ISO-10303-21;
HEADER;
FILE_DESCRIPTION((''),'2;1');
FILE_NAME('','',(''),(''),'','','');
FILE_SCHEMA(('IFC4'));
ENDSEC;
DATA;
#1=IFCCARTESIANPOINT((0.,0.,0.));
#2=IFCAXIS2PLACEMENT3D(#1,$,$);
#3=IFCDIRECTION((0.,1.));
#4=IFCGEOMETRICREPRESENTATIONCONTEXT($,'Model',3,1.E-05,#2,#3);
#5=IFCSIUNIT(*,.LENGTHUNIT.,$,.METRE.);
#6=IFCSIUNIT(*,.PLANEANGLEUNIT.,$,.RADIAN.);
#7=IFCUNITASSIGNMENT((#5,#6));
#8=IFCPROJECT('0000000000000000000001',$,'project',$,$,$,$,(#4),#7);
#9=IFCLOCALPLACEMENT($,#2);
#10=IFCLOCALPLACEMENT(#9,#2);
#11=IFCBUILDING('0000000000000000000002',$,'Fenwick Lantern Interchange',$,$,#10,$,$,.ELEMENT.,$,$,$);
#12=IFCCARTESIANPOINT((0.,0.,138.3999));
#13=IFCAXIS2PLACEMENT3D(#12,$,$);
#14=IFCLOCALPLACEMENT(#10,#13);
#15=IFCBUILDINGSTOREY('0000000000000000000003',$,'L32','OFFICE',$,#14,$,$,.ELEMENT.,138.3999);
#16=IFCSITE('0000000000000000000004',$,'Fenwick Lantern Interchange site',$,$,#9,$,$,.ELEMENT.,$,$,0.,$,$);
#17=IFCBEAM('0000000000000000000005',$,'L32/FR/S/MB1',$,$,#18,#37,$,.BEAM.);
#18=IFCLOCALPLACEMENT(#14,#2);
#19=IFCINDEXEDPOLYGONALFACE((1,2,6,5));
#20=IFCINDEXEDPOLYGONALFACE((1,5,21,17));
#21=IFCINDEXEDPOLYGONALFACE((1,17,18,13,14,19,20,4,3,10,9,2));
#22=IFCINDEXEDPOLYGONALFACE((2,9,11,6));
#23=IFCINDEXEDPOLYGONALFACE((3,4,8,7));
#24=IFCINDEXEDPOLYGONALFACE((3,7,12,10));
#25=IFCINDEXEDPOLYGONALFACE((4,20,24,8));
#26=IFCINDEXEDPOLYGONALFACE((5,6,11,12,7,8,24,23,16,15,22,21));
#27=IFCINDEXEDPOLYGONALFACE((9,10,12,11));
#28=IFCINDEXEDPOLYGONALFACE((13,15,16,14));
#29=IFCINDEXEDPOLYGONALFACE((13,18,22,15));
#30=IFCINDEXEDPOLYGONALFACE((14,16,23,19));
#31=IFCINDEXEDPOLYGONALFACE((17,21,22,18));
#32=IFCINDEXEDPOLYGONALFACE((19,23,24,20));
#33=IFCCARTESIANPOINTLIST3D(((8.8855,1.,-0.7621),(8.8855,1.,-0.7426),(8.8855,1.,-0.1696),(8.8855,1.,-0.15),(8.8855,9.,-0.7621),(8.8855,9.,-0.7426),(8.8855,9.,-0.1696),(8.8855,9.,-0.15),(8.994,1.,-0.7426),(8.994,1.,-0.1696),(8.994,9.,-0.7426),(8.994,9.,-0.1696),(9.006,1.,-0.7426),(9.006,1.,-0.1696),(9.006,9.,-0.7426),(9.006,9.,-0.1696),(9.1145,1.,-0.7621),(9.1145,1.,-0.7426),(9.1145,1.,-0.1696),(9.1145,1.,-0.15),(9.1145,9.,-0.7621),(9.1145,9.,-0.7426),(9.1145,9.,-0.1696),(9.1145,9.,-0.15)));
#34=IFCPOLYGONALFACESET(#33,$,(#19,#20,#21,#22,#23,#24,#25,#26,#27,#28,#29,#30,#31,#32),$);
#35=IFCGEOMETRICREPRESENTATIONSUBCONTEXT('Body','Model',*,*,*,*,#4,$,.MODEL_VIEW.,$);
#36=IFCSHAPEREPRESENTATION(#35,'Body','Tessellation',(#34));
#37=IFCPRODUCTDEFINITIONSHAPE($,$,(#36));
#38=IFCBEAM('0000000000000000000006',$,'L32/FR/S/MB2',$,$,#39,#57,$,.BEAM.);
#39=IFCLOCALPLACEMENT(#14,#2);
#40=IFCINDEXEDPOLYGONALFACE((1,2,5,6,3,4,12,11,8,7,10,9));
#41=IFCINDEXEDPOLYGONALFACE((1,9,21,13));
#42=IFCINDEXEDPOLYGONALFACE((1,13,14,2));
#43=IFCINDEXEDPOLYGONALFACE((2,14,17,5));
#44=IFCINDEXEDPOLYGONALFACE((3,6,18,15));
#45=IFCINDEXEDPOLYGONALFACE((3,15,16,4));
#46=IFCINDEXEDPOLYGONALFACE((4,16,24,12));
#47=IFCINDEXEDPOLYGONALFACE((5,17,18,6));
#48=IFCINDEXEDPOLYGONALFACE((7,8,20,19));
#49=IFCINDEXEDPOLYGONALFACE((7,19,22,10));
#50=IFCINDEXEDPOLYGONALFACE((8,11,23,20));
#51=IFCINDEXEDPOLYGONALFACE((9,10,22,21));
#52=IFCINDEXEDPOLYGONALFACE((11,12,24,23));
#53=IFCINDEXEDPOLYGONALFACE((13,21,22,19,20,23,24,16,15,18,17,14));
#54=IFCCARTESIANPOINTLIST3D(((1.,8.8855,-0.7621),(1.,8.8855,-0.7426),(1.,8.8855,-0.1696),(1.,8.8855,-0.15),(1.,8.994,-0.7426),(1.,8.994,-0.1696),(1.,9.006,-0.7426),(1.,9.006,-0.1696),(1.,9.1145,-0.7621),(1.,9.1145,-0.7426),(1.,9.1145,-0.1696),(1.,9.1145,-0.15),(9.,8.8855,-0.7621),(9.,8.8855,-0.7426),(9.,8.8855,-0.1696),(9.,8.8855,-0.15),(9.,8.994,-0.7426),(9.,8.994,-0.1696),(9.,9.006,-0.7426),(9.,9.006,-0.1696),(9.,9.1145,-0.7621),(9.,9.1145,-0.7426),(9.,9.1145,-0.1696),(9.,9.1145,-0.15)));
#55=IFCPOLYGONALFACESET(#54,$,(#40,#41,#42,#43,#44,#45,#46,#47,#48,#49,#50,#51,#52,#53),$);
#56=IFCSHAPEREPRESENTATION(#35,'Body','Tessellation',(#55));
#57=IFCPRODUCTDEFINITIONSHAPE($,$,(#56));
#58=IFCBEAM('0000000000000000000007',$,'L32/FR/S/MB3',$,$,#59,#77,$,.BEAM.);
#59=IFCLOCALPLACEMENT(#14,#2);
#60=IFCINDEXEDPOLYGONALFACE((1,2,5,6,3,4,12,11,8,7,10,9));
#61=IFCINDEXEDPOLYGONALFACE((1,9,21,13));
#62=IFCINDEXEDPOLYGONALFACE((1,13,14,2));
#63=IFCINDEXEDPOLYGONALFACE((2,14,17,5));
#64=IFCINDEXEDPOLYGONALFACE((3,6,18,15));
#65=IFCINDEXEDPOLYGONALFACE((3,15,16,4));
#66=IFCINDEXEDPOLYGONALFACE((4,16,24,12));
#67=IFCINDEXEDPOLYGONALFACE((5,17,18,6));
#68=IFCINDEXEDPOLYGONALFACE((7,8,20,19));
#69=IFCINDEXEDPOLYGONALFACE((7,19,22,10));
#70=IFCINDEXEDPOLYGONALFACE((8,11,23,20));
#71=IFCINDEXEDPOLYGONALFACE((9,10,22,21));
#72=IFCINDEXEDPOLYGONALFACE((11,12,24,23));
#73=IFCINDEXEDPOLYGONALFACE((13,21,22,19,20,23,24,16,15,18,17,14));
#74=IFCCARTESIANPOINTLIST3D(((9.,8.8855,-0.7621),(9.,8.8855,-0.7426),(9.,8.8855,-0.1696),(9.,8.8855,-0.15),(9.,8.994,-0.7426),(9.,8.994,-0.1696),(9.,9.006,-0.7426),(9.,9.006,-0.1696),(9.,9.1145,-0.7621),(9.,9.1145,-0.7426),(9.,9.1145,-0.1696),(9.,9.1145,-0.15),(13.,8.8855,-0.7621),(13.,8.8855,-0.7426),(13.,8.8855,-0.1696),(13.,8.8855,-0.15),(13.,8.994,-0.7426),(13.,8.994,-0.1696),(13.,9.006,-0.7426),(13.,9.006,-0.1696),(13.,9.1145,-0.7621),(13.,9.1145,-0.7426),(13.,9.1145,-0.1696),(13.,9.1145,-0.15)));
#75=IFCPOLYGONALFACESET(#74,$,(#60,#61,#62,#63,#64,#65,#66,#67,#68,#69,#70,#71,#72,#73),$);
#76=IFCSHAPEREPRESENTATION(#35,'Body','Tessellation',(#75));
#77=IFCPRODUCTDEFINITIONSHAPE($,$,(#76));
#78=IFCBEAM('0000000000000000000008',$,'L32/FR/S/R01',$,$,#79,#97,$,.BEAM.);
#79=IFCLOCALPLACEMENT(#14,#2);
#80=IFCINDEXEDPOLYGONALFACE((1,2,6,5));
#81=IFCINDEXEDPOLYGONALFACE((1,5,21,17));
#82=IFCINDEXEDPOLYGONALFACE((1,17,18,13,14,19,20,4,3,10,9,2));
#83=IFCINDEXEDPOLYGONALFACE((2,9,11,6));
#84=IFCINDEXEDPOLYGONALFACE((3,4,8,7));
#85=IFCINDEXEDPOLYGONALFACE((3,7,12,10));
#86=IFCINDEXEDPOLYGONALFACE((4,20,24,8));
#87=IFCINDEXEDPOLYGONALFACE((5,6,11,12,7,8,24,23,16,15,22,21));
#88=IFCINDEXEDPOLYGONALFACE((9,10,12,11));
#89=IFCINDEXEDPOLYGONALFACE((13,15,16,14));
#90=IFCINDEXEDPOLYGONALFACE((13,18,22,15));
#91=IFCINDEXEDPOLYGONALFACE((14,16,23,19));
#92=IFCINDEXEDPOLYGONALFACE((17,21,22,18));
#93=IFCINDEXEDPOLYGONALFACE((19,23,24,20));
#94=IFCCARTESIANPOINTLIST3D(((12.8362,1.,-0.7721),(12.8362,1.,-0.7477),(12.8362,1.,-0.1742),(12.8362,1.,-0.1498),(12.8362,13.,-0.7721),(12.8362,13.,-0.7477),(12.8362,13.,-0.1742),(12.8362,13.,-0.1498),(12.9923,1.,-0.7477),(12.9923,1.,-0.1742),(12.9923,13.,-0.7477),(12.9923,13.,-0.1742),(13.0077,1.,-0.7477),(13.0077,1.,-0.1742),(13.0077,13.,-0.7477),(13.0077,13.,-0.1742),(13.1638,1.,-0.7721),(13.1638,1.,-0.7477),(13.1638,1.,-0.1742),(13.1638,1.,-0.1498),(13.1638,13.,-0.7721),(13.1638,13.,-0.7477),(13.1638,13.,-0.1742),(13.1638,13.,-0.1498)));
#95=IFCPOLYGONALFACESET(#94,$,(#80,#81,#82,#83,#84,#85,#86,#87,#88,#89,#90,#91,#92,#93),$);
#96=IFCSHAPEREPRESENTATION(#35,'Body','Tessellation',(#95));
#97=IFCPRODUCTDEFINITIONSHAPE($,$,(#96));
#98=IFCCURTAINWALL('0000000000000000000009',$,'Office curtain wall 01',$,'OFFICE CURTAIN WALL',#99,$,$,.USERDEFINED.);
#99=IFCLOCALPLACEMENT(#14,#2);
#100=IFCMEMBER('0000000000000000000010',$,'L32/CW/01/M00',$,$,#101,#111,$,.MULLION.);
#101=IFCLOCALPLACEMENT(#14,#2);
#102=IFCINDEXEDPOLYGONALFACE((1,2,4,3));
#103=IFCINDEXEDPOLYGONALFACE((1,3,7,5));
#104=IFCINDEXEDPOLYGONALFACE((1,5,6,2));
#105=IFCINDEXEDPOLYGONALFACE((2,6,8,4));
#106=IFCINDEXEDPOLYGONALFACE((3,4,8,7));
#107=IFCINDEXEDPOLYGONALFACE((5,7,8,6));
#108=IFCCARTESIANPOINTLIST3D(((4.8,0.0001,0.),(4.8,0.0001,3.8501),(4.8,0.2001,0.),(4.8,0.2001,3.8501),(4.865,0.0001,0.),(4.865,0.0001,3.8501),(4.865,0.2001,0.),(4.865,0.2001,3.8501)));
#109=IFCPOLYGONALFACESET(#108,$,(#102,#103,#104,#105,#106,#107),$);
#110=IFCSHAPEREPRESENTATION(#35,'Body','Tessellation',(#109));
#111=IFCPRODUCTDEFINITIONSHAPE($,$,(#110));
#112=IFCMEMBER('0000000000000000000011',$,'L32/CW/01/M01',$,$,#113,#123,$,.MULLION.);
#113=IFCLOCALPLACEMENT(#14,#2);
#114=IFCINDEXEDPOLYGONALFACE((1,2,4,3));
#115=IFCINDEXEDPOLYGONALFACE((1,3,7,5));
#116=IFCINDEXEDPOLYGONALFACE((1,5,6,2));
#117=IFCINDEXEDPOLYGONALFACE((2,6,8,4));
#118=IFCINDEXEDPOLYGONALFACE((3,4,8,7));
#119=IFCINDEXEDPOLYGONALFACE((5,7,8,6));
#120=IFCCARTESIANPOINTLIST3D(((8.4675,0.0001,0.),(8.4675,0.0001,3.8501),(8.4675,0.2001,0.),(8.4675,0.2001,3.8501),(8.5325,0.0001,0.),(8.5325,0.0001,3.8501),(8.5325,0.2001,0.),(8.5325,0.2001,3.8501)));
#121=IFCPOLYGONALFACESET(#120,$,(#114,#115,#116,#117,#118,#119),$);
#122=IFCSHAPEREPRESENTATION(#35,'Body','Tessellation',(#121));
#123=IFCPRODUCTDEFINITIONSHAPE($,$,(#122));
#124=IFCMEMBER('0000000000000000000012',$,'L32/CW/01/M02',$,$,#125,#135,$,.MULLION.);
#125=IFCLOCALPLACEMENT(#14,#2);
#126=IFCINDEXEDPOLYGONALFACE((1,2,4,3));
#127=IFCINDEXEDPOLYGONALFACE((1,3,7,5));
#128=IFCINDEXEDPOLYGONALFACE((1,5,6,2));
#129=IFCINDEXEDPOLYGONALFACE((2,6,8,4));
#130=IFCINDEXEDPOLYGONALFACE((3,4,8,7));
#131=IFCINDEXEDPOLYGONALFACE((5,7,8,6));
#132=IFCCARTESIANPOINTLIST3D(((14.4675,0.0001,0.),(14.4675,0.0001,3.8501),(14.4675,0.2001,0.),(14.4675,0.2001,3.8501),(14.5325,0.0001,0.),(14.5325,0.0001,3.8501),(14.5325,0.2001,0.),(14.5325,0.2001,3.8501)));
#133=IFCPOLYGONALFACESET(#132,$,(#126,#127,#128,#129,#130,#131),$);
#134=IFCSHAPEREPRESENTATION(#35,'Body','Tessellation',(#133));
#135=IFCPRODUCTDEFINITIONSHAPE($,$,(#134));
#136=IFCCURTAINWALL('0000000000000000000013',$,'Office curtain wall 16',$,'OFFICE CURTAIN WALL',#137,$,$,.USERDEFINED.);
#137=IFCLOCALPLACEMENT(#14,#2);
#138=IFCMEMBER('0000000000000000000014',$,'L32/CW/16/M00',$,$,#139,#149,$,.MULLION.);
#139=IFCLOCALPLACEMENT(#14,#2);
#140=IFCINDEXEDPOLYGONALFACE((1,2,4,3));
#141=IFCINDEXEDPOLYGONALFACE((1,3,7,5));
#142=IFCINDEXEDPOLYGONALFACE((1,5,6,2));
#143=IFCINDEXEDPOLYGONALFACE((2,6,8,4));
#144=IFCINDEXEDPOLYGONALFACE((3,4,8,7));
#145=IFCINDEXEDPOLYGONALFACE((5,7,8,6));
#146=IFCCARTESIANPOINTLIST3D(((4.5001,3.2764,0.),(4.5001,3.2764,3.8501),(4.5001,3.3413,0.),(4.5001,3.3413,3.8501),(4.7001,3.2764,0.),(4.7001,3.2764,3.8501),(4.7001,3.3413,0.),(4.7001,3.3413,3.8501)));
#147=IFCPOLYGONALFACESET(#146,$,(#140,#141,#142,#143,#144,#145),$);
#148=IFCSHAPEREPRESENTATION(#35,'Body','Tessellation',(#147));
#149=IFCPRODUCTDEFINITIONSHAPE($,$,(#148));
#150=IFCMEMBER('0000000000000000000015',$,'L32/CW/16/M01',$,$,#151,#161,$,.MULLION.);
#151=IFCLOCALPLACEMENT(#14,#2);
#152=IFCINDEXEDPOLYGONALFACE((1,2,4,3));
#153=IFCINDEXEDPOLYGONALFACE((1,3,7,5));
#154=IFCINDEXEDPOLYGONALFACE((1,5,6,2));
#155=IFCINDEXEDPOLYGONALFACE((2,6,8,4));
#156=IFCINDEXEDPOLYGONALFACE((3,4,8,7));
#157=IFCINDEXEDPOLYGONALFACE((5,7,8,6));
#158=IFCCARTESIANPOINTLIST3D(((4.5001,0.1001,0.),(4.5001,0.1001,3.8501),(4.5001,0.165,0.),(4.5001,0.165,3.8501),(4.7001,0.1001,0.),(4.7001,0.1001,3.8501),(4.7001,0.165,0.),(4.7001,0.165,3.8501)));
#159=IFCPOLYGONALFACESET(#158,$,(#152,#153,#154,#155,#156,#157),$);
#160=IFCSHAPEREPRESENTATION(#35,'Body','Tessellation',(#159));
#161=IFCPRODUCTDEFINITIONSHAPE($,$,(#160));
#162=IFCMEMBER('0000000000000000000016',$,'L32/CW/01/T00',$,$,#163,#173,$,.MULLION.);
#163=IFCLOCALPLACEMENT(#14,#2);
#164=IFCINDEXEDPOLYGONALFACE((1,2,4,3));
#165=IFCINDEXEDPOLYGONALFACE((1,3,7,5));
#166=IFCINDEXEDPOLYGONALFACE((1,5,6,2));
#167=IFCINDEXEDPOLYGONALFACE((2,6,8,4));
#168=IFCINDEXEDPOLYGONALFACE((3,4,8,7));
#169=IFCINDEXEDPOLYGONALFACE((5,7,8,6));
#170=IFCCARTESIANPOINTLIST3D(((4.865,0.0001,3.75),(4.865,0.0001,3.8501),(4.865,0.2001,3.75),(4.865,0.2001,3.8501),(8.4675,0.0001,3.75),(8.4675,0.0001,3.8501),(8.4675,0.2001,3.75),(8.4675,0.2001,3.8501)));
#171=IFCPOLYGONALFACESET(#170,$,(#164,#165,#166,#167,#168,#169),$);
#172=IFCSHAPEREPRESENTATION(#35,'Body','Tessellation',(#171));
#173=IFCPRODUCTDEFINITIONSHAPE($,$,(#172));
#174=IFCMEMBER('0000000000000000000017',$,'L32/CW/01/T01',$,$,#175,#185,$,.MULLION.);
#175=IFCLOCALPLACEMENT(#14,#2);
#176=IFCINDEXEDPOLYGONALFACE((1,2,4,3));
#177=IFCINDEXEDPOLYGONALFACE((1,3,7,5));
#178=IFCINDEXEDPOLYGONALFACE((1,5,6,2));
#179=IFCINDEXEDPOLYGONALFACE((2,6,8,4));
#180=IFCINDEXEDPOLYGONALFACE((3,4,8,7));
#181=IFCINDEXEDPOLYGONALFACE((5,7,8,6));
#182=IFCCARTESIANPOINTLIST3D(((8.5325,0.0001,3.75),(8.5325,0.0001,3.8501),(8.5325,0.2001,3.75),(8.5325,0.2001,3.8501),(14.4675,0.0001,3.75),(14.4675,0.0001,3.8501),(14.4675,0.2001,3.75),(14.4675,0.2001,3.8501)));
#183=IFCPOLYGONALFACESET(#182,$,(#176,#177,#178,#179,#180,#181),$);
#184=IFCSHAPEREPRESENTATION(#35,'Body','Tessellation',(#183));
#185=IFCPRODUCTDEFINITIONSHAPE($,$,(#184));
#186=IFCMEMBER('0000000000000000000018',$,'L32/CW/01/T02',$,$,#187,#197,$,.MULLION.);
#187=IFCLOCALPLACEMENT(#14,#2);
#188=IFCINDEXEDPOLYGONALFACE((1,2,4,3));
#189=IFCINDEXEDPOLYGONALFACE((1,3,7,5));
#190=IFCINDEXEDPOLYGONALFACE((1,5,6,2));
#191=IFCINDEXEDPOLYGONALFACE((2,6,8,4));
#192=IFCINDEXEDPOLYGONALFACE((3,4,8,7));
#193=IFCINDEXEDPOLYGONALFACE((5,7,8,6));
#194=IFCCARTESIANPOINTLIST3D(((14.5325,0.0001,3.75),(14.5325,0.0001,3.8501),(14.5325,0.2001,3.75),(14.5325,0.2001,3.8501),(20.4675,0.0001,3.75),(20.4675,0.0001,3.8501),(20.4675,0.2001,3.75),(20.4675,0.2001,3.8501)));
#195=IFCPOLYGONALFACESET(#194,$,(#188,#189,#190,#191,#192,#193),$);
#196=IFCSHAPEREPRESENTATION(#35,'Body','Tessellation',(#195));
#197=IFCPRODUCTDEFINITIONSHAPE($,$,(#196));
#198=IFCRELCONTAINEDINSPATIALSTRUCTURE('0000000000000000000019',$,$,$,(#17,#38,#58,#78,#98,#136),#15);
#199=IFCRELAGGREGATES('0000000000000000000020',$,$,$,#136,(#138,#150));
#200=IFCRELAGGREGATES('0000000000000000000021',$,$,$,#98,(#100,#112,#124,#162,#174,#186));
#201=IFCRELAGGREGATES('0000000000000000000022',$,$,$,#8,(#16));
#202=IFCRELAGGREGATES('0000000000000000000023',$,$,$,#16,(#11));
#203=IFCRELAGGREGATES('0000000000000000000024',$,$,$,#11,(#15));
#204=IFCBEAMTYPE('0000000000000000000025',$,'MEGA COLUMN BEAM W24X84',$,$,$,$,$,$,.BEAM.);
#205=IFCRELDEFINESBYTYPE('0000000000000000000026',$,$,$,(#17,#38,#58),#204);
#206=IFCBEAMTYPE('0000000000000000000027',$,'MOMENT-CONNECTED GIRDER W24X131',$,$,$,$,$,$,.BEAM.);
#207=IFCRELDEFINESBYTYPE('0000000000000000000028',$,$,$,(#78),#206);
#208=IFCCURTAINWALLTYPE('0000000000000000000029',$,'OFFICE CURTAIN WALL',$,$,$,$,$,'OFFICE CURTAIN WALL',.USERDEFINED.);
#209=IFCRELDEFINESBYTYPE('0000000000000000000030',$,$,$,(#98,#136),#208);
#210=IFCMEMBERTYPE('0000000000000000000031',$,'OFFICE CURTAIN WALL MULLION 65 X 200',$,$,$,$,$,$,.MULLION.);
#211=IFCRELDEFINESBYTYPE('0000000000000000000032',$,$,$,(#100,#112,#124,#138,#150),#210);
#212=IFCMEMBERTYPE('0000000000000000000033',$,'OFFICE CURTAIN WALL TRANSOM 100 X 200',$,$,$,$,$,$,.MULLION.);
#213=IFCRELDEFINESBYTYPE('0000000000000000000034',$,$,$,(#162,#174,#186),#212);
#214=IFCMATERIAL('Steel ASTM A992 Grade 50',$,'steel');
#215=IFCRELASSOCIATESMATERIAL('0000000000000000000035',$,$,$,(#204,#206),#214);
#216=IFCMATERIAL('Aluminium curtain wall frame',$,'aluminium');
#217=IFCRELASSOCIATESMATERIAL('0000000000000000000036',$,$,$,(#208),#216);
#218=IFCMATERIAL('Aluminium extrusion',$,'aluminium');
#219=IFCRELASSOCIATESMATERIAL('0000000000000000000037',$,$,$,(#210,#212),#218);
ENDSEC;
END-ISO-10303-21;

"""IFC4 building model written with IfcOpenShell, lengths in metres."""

from ifc_helpers import new_model, si_unit, direction, frame, origin, origin_2d, place, context, subcontext, project, spatial, rectangle, i_section, extrude, material, material_profile, profile_set, type_object, element, aggregate, save


model = new_model("IFC4")

# Units and contexts
model_context = context("Model", 3, precision=1e-05, world=origin(), true_north=direction((0.0, 1.0)))
body_context = subcontext(model_context, "Body", "Model", "MODEL_VIEW")
ifc_project = project(units=[si_unit("LENGTHUNIT", "METRE"), si_unit("PLANEANGLEUNIT", "RADIAN")], contexts=[model_context])

# Site, building, storey
site_placement = place(None, origin())
site = spatial("IfcSite", under=ifc_project, at=site_placement, Name="Fenwick Lantern Interchange site", CompositionType="ELEMENT", RefElevation=0.0)
building_placement = place(site_placement, origin())
building = spatial("IfcBuilding", under=site, at=building_placement, Name="Fenwick Lantern Interchange", CompositionType="ELEMENT")
storey_placement = place(building_placement, frame((0.0, 0.0, 138.3999)))
storey = spatial("IfcBuildingStorey", under=building, at=storey_placement, Name="L32", Description="OFFICE", CompositionType="ELEMENT", Elevation=138.3999)

# Shared definitions
ifc_material_1 = material(Name="Steel ASTM A992 Grade 50", Category="steel")

# Beams
ifc_material_profile_1 = material_profile(ifc_material_1, i_section(OverallWidth=0.229, OverallDepth=0.6121, WebThickness=0.012, FlangeThickness=0.0195, at=origin_2d()), Name="W24X84")
ifc_profile_set_1 = profile_set([ifc_material_profile_1], Name="Steel ASTM A992 Grade 50")
beam_type_1 = type_object("IfcBeamType", Name="MEGA COLUMN BEAM W24X84", PredefinedType="BEAM", material=ifc_profile_set_1)
for number, where, z_axis, x_axis, name in (
    (1, (9.0, 9.0, -0.4561), (0.0, -1.0, 0.0), (1.0, 0.0, 0.0), "L32/FR/S/MB1"),
    (2, (9.0, 9.0, -0.4561), (-1.0, 0.0, 0.0), (0.0, -1.0, 0.0), "L32/FR/S/MB2"),
):
    element("IfcBeam", number, at=place(storey_placement, frame(where, z_axis=z_axis, x_axis=x_axis)), inside=storey, type_object=beam_type_1, Name=name, PredefinedType="BEAM", context=body_context, shape_type="SweptSolid", body=[
        extrude(i_section(OverallWidth=0.229, OverallDepth=0.6121, WebThickness=0.012, FlangeThickness=0.0195, at=origin_2d()), origin(), (0.0, 0.0, 1.0), 8.0),
    ])
beam_1_placement = place(storey_placement, frame((9.0, 9.0, -0.4561), z_axis=(1.0, 0.0, 0.0), x_axis=(0.0, 1.0, 0.0)))
element("IfcBeam", 3, at=beam_1_placement, inside=storey, type_object=beam_type_1, Name="L32/FR/S/MB3", PredefinedType="BEAM", context=body_context, shape_type="SweptSolid", body=[
    extrude(i_section(OverallWidth=0.229, OverallDepth=0.6121, WebThickness=0.012, FlangeThickness=0.0195, at=origin_2d()), origin(), (0.0, 0.0, 1.0), 4.0),
])
ifc_material_profile_2 = material_profile(ifc_material_1, i_section(OverallWidth=0.3276, OverallDepth=0.6223, WebThickness=0.0154, FlangeThickness=0.0244, at=origin_2d()), Name="W24X131")
ifc_profile_set_2 = profile_set([ifc_material_profile_2], Name="Steel ASTM A992 Grade 50")
beam_type_2 = type_object("IfcBeamType", Name="MOMENT-CONNECTED GIRDER W24X131", PredefinedType="BEAM", material=ifc_profile_set_2)
beam_2_placement = place(storey_placement, frame((13.0, 1.0, -0.4609), z_axis=(0.0, 1.0, 0.0), x_axis=(-1.0, 0.0, 0.0)))
element("IfcBeam", 4, at=beam_2_placement, inside=storey, type_object=beam_type_2, Name="L32/FR/S/R01", PredefinedType="BEAM", context=body_context, shape_type="SweptSolid", body=[
    extrude(i_section(OverallWidth=0.3276, OverallDepth=0.6223, WebThickness=0.0154, FlangeThickness=0.0244, at=origin_2d()), origin(), (0.0, 0.0, 1.0), 12.0),
])

# Curtain walls, members
ifc_material_2 = material(Name="Aluminium curtain wall frame", Category="aluminium")
curtain_wall_type = type_object("IfcCurtainWallType", Name="OFFICE CURTAIN WALL", ElementType="OFFICE CURTAIN WALL", PredefinedType="USERDEFINED", material=ifc_material_2)
curtain_wall_1_placement = place(storey_placement, origin())
curtain_wall_1 = element("IfcCurtainWall", 5, at=curtain_wall_1_placement, inside=storey, type_object=curtain_wall_type, Name="Office curtain wall 01", ObjectType="OFFICE CURTAIN WALL", PredefinedType="USERDEFINED")
ifc_material_3 = material(Name="Aluminium extrusion", Category="aluminium")
ifc_material_profile_3 = material_profile(ifc_material_3, rectangle(XDim=0.2, YDim=0.0649, at=origin_2d()), Name="OFFICE CURTAIN WALL MULLION 65 X 200")
ifc_profile_set_3 = profile_set([ifc_material_profile_3], Name="Aluminium extrusion")
member_type_1 = type_object("IfcMemberType", Name="OFFICE CURTAIN WALL MULLION 65 X 200", PredefinedType="MULLION", material=ifc_profile_set_3)
member_1_placement = place(storey_placement, frame((4.8325, 0.1001, 0.0), z_axis=(0.0, 0.0, 1.0), x_axis=(0.0, 1.0, 0.0)))
member_1 = element("IfcMember", 6, at=member_1_placement, type_object=member_type_1, Name="L32/CW/01/M00", PredefinedType="MULLION", context=body_context, shape_type="SweptSolid", body=[
    extrude(rectangle(XDim=0.2, YDim=0.0649, at=origin_2d()), origin(), (0.0, 0.0, 1.0), 3.8501),
])
member_2_placement = place(storey_placement, frame((8.5, 0.1001, 0.0), z_axis=(0.0, 0.0, 1.0), x_axis=(0.0, 1.0, 0.0)))
member_2 = element("IfcMember", 7, at=member_2_placement, type_object=member_type_1, Name="L32/CW/01/M01", PredefinedType="MULLION", context=body_context, shape_type="SweptSolid", body=[
    extrude(rectangle(XDim=0.2, YDim=0.0649, at=origin_2d()), origin(), (0.0, 0.0, 1.0), 3.8501),
])
member_3_placement = place(storey_placement, frame((14.5, 0.1001, 0.0), z_axis=(0.0, 0.0, 1.0), x_axis=(0.0, 1.0, 0.0)))
member_3 = element("IfcMember", 8, at=member_3_placement, type_object=member_type_1, Name="L32/CW/01/M02", PredefinedType="MULLION", context=body_context, shape_type="SweptSolid", body=[
    extrude(rectangle(XDim=0.2, YDim=0.0649, at=origin_2d()), origin(), (0.0, 0.0, 1.0), 3.8501),
])
curtain_wall_2_placement = place(storey_placement, origin())
curtain_wall_2 = element("IfcCurtainWall", 9, at=curtain_wall_2_placement, inside=storey, type_object=curtain_wall_type, Name="Office curtain wall 16", ObjectType="OFFICE CURTAIN WALL", PredefinedType="USERDEFINED")
member_4_placement = place(storey_placement, frame((4.6001, 3.3088, 0.0), z_axis=(0.0, 0.0, 1.0), x_axis=(1.0, 0.0, 0.0)))
member_4 = element("IfcMember", 10, at=member_4_placement, type_object=member_type_1, Name="L32/CW/16/M00", PredefinedType="MULLION", context=body_context, shape_type="SweptSolid", body=[
    extrude(rectangle(XDim=0.2, YDim=0.0649, at=origin_2d()), origin(), (0.0, 0.0, 1.0), 3.8501),
])
member_5_placement = place(storey_placement, frame((4.6001, 0.1326, 0.0), z_axis=(0.0, 0.0, 1.0), x_axis=(1.0, 0.0, 0.0)))
member_5 = element("IfcMember", 11, at=member_5_placement, type_object=member_type_1, Name="L32/CW/16/M01", PredefinedType="MULLION", context=body_context, shape_type="SweptSolid", body=[
    extrude(rectangle(XDim=0.2, YDim=0.0649, at=origin_2d()), origin(), (0.0, 0.0, 1.0), 3.8501),
])

# Members
ifc_material_profile_4 = material_profile(ifc_material_3, rectangle(XDim=0.2, YDim=0.1001, at=origin_2d()), Name="OFFICE CURTAIN WALL TRANSOM 100 X 200")
ifc_profile_set_4 = profile_set([ifc_material_profile_4], Name="Aluminium extrusion")
member_type_2 = type_object("IfcMemberType", Name="OFFICE CURTAIN WALL TRANSOM 100 X 200", PredefinedType="MULLION", material=ifc_profile_set_4)
member_6_placement = place(storey_placement, frame((4.865, 0.1001, 3.8), z_axis=(1.0, 0.0, 0.0), x_axis=(0.0, 1.0, 0.0)))
member_6 = element("IfcMember", 12, at=member_6_placement, type_object=member_type_2, Name="L32/CW/01/T00", PredefinedType="MULLION", context=body_context, shape_type="SweptSolid", body=[
    extrude(rectangle(XDim=0.2, YDim=0.1001, at=origin_2d()), origin(), (0.0, 0.0, 1.0), 3.6025),
])
member_7_placement = place(storey_placement, frame((8.5325, 0.1001, 3.8), z_axis=(1.0, 0.0, 0.0), x_axis=(0.0, 1.0, 0.0)))
member_7 = element("IfcMember", 13, at=member_7_placement, type_object=member_type_2, Name="L32/CW/01/T01", PredefinedType="MULLION", context=body_context, shape_type="SweptSolid", body=[
    extrude(rectangle(XDim=0.2, YDim=0.1001, at=origin_2d()), origin(), (0.0, 0.0, 1.0), 5.9351),
])
member_8_placement = place(storey_placement, frame((14.5325, 0.1001, 3.8), z_axis=(1.0, 0.0, 0.0), x_axis=(0.0, 1.0, 0.0)))
member_8 = element("IfcMember", 14, at=member_8_placement, type_object=member_type_2, Name="L32/CW/01/T02", PredefinedType="MULLION", context=body_context, shape_type="SweptSolid", body=[
    extrude(rectangle(XDim=0.2, YDim=0.1001, at=origin_2d()), origin(), (0.0, 0.0, 1.0), 5.9351),
])
aggregate(curtain_wall_2, [member_4, member_5])

aggregate(curtain_wall_1, [member_1, member_2, member_3, member_6, member_7, member_8])

save(model, "model.ifc")
